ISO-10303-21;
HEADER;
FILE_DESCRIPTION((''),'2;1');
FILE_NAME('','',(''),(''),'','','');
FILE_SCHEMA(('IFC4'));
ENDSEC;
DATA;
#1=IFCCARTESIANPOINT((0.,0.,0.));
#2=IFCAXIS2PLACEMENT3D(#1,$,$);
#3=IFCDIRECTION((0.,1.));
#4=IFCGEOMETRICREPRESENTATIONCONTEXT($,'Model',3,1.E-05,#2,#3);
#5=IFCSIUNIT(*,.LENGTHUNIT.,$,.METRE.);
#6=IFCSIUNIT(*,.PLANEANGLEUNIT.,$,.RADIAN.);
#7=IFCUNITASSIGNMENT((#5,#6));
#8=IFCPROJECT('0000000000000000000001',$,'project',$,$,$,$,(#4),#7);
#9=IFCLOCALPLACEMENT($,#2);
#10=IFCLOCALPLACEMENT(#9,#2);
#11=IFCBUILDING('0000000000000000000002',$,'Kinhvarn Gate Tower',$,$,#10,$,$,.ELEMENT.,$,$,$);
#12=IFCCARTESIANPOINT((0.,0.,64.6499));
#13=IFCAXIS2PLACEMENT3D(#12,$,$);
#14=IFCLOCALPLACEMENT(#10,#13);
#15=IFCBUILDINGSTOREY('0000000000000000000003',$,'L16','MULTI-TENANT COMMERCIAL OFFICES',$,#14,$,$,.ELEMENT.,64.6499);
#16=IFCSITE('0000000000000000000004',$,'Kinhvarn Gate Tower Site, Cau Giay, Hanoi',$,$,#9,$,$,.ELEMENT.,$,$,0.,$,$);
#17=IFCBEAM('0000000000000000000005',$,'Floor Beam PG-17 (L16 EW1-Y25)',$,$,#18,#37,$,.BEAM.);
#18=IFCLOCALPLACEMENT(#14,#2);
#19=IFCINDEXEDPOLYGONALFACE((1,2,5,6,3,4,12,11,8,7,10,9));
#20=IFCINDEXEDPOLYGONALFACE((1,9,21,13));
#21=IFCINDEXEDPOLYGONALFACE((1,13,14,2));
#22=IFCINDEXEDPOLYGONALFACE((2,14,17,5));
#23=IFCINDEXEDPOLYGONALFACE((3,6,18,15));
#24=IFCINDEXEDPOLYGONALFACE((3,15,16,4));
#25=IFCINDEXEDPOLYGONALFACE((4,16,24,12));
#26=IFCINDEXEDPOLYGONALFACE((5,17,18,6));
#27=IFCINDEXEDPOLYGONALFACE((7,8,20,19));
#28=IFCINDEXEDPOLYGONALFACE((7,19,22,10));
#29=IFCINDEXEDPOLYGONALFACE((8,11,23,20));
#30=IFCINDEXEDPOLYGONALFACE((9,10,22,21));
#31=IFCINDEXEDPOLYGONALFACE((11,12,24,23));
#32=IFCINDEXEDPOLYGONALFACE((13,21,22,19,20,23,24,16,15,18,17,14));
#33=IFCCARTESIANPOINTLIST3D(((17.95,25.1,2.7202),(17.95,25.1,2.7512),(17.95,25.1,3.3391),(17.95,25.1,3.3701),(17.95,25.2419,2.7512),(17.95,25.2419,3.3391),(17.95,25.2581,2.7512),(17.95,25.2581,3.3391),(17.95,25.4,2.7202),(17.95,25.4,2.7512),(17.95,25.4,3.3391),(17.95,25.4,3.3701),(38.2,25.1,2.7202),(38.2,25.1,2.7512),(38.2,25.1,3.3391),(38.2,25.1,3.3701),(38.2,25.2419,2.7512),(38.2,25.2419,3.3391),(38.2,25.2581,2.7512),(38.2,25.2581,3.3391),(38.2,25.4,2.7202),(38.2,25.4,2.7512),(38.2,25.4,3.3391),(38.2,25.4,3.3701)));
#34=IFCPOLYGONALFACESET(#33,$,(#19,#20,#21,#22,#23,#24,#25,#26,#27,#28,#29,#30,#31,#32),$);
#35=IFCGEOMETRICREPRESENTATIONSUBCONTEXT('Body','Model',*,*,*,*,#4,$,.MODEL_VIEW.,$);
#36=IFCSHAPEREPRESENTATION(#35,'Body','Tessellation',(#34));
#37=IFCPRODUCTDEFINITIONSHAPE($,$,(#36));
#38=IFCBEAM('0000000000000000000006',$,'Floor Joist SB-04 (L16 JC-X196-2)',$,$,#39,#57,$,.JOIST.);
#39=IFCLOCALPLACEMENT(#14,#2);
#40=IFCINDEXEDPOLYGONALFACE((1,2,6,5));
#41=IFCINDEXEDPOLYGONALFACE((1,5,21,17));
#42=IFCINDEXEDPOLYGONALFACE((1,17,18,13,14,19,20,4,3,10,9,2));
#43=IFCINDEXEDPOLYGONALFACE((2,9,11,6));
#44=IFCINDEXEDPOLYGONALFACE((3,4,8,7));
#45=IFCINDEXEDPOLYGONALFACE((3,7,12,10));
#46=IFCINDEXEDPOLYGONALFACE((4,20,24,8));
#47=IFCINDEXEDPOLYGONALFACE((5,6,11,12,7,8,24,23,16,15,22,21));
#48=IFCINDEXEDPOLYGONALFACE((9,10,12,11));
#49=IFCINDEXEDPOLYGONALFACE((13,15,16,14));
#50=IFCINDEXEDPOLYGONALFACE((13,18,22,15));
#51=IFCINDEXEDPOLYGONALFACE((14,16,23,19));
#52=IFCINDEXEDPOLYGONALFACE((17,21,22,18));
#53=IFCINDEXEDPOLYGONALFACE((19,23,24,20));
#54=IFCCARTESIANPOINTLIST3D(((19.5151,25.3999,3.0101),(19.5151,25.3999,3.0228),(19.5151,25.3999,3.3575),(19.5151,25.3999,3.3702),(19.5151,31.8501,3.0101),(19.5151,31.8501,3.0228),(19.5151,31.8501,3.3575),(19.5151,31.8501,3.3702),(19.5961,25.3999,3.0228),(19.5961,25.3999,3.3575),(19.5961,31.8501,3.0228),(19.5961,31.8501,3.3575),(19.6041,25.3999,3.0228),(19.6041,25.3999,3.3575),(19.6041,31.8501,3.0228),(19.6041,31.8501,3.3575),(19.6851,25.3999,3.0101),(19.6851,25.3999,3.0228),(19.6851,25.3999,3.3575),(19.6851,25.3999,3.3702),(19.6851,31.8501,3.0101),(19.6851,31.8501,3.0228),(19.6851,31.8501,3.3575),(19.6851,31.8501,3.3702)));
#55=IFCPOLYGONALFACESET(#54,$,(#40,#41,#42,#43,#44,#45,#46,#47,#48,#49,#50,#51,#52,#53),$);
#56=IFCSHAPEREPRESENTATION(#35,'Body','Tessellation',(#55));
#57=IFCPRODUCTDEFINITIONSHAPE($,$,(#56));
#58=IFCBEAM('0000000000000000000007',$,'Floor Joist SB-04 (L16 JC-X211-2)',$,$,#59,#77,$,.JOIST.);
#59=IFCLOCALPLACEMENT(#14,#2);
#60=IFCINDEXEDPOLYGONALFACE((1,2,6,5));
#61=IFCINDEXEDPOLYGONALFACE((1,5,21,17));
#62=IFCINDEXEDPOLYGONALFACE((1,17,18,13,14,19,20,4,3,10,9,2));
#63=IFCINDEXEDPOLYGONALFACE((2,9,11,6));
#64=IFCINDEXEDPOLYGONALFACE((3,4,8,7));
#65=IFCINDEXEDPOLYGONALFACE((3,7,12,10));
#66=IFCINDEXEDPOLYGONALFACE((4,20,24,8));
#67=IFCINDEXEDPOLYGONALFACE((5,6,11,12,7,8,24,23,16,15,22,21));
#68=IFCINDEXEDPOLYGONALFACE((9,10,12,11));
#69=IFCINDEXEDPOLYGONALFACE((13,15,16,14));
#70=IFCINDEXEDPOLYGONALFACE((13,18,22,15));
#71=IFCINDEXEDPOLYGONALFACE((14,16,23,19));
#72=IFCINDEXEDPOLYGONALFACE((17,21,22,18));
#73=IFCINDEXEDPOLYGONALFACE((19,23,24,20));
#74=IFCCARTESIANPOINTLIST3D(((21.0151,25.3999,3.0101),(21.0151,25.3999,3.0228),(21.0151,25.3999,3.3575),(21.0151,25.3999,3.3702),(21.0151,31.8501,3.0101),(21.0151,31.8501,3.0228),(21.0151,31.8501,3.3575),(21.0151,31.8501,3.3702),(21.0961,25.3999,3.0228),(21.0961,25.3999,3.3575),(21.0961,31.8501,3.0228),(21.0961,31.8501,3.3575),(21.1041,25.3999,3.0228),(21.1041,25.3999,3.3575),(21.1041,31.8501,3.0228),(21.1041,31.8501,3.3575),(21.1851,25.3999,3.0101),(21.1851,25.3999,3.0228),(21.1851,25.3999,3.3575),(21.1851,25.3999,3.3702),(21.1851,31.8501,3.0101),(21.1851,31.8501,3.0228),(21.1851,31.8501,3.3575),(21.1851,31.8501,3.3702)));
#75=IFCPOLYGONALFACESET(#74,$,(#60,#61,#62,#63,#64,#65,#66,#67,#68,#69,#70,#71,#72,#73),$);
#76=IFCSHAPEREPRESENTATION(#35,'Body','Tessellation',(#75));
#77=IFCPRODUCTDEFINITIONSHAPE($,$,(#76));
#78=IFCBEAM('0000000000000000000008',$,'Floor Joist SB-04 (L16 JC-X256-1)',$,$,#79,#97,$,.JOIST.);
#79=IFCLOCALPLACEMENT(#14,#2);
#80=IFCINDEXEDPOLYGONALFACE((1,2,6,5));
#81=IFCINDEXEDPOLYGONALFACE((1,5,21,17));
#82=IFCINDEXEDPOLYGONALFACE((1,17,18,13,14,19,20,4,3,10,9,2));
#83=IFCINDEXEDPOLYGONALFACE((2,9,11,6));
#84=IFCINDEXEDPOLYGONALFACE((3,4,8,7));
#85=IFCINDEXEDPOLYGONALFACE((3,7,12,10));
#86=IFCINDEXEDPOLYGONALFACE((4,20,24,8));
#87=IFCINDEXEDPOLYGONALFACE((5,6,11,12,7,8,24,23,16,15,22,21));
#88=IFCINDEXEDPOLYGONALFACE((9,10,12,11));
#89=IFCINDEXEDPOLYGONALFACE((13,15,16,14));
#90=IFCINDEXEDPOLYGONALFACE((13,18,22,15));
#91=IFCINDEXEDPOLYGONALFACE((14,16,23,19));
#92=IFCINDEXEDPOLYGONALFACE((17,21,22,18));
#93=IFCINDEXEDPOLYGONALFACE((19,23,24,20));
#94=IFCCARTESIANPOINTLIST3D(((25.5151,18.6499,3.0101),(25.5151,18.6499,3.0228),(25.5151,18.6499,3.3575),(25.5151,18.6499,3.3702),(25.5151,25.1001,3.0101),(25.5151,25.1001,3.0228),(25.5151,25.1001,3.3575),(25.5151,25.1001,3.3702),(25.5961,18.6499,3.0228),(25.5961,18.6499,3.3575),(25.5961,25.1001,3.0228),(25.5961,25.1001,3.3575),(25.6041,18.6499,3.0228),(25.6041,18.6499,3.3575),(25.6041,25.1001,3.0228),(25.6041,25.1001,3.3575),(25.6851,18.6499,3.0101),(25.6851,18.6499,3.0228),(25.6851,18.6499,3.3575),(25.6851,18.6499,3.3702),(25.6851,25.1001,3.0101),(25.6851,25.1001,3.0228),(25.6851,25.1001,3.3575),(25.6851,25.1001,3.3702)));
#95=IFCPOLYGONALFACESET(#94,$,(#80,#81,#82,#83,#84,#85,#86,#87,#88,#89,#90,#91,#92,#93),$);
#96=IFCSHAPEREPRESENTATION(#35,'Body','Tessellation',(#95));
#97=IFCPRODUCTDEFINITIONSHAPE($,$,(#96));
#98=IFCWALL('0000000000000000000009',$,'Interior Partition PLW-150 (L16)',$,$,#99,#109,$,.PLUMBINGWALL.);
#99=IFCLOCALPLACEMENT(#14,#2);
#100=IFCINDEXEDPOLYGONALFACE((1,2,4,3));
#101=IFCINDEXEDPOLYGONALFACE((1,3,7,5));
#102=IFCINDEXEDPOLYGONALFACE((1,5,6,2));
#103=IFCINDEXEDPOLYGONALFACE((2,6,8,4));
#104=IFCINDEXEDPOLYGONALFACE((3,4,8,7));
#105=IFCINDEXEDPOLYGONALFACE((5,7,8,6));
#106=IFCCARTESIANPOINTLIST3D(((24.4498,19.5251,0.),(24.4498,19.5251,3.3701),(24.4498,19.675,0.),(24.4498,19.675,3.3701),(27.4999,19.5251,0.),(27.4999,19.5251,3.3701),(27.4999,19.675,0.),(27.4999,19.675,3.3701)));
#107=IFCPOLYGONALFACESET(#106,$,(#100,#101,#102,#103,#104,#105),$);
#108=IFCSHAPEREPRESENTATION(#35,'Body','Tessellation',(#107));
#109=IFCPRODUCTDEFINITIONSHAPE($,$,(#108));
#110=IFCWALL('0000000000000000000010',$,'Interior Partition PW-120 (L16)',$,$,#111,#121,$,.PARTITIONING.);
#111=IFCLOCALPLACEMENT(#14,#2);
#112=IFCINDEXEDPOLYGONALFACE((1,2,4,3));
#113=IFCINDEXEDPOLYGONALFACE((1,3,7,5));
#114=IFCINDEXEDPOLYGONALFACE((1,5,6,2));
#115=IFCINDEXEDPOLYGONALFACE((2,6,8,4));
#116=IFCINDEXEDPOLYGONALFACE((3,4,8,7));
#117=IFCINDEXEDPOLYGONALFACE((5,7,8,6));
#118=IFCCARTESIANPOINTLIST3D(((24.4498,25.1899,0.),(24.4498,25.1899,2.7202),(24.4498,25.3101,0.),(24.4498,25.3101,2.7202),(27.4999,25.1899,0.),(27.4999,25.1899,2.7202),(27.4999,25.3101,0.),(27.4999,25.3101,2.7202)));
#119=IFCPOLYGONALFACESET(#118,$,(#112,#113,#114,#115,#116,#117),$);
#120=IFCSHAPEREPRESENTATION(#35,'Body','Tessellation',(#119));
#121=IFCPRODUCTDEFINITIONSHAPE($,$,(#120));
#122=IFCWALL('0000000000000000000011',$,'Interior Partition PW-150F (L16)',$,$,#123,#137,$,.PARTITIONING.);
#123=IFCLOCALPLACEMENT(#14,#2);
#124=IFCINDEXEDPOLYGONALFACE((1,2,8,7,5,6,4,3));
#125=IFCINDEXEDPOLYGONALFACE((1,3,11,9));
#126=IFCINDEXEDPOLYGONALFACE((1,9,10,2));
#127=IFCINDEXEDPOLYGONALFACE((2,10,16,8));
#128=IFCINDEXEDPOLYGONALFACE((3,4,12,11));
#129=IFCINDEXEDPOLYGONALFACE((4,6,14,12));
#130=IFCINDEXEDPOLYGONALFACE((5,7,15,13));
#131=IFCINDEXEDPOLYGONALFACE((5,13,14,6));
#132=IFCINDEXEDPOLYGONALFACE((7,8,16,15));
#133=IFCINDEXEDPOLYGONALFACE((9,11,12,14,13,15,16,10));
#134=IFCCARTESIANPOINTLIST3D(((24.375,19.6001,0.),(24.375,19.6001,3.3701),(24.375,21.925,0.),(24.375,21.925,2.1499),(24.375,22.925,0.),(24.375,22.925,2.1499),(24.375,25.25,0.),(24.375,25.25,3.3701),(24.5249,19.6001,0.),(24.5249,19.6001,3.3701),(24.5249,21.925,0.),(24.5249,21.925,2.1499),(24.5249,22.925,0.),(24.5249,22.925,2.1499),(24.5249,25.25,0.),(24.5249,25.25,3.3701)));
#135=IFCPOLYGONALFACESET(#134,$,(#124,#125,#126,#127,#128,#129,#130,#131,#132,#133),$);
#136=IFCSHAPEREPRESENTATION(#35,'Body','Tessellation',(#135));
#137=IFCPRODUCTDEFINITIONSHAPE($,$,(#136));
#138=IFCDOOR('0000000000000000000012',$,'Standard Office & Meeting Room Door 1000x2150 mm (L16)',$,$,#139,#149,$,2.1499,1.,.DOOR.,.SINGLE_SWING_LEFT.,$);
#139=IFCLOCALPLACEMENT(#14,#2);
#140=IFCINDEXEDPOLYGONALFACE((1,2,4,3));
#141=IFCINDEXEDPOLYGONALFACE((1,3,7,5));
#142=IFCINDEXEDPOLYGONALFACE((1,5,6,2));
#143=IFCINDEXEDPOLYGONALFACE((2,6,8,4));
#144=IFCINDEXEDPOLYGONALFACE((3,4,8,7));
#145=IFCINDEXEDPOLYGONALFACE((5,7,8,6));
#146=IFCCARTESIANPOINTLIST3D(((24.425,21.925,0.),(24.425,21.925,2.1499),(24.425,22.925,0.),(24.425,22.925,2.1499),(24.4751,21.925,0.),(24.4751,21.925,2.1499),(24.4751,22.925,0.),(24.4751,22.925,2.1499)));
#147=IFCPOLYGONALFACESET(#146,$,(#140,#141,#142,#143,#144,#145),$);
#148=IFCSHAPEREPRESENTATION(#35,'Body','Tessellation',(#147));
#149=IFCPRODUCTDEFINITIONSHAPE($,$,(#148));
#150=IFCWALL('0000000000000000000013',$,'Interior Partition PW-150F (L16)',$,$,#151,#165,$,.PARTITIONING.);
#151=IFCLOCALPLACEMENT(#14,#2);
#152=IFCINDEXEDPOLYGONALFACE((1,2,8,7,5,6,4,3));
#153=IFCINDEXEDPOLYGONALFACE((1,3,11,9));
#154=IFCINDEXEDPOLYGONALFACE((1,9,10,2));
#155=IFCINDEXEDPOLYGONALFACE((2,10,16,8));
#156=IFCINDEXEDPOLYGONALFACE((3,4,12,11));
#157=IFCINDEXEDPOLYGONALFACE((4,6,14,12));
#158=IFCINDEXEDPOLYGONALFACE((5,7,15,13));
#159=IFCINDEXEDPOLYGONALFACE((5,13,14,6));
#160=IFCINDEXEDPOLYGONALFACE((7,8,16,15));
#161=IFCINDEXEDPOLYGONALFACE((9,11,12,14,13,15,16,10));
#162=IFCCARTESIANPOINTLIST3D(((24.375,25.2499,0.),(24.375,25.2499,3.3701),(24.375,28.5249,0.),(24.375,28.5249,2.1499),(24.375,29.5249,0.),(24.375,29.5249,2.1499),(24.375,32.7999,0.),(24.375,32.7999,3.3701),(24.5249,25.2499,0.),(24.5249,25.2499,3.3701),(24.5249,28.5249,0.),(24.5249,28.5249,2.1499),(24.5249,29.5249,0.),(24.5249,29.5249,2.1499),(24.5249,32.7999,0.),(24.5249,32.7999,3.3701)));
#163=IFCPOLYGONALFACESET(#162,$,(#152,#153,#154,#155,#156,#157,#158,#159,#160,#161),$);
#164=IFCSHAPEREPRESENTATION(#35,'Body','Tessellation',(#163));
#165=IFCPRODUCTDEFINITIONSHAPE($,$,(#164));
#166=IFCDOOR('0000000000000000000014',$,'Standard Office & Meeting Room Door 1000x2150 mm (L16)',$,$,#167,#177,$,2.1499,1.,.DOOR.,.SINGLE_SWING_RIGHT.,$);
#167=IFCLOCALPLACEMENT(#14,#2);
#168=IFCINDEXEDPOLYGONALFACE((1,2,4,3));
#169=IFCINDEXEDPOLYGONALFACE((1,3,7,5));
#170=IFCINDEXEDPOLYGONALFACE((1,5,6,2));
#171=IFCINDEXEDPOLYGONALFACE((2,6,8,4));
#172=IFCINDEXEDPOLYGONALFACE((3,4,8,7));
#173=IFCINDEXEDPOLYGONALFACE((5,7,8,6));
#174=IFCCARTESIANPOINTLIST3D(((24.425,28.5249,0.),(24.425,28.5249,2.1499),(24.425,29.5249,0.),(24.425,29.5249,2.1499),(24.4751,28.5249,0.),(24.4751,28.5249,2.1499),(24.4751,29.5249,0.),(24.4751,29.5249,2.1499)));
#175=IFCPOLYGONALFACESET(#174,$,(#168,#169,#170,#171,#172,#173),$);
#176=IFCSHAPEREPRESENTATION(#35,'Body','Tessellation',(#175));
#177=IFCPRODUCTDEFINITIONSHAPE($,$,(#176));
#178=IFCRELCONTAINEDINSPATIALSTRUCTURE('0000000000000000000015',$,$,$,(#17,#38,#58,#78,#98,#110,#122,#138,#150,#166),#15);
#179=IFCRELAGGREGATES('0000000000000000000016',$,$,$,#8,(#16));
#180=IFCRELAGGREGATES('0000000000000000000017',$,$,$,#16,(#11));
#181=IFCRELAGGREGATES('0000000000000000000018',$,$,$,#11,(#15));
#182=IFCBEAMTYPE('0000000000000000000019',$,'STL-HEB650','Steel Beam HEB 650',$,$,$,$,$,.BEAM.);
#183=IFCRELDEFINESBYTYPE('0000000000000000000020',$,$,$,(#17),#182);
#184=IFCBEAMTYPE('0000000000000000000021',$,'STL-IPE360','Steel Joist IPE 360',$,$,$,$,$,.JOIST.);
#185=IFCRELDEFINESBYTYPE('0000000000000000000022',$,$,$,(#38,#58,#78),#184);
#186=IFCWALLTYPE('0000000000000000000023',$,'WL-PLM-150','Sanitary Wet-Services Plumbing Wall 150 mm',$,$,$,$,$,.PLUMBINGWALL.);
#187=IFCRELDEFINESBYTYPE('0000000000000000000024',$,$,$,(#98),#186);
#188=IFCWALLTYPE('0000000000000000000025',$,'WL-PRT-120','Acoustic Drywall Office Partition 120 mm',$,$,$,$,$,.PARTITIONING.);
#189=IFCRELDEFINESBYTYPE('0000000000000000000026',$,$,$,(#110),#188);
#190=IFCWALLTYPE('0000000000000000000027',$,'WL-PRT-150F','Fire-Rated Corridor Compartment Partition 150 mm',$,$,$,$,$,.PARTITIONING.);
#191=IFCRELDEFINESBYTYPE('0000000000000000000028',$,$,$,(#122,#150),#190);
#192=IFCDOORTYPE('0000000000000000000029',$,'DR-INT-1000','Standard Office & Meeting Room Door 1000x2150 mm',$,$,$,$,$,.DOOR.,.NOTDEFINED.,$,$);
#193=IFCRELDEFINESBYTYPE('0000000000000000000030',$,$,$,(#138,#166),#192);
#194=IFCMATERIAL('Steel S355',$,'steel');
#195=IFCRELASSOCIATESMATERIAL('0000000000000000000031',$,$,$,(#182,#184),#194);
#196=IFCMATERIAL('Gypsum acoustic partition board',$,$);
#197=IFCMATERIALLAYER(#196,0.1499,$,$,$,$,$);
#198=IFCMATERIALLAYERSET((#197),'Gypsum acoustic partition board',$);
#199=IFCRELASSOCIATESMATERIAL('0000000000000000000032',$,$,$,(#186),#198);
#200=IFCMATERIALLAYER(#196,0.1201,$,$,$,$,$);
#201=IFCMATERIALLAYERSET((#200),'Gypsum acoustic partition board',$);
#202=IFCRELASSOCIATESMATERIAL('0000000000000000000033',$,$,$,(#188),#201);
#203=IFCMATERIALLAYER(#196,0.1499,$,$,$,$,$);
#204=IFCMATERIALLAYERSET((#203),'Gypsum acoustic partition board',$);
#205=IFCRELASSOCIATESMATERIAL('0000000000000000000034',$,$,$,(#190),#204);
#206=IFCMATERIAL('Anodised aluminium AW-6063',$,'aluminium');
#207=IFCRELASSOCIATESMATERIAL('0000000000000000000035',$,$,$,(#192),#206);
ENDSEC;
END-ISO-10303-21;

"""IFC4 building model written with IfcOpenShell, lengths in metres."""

from ifc_helpers import new_model, si_unit, direction, frame, frame_2d, origin, origin_2d, place, context, subcontext, project, spatial, rectangle, i_section, extrude, material, layer, layer_set, material_profile, profile_set, type_object, element, fill, save


model = new_model("IFC4")

# Units and contexts
model_context = context("Model", 3, precision=1e-05, world=origin(), true_north=direction((0.0, 1.0)))
body_context = subcontext(model_context, "Body", "Model", "MODEL_VIEW")
ifc_project = project(units=[si_unit("LENGTHUNIT", "METRE"), si_unit("PLANEANGLEUNIT", "RADIAN")], contexts=[model_context])

# Site, building, storey
site_placement = place(None, origin())
site = spatial("IfcSite", under=ifc_project, at=site_placement, Name="Kinhvarn Gate Tower Site, Cau Giay, Hanoi", CompositionType="ELEMENT", RefElevation=0.0)
building_placement = place(site_placement, origin())
building = spatial("IfcBuilding", under=site, at=building_placement, Name="Kinhvarn Gate Tower", CompositionType="ELEMENT")
storey_placement = place(building_placement, frame((0.0, 0.0, 64.6499)))
storey = spatial("IfcBuildingStorey", under=building, at=storey_placement, Name="L16", Description="MULTI-TENANT COMMERCIAL OFFICES", CompositionType="ELEMENT", Elevation=64.6499)

# Beams
ifc_material_1 = material(Name="Steel S355", Category="steel")
ifc_material_profile_1 = material_profile(ifc_material_1, i_section(OverallWidth=0.3, OverallDepth=0.6499, WebThickness=0.0161, FlangeThickness=0.031, at=origin_2d()), Name="HEB 650")
ifc_profile_set_1 = profile_set([ifc_material_profile_1], Name="Steel S355")
beam_type_1 = type_object("IfcBeamType", Name="STL-HEB650", Description="Steel Beam HEB 650", PredefinedType="BEAM", material=ifc_profile_set_1)
beam_placement = place(storey_placement, frame((17.95, 25.25, 3.0452), z_axis=(1.0, 0.0, 0.0), x_axis=(0.0, 1.0, 0.0)))
element("IfcBeam", 1, at=beam_placement, inside=storey, type_object=beam_type_1, Name="Floor Beam PG-17 (L16 EW1-Y25)", PredefinedType="BEAM", context=body_context, shape_type="SweptSolid", body=[
    extrude(i_section(OverallWidth=0.3, OverallDepth=0.6499, WebThickness=0.0161, FlangeThickness=0.031, at=origin_2d()), origin(), (0.0, 0.0, 1.0), 20.25),
])
ifc_material_profile_2 = material_profile(ifc_material_1, i_section(OverallWidth=0.1699, OverallDepth=0.3601, WebThickness=0.0081, FlangeThickness=0.0127, at=origin_2d()), Name="IPE 360")
ifc_profile_set_2 = profile_set([ifc_material_profile_2], Name="Steel S355")
beam_type_2 = type_object("IfcBeamType", Name="STL-IPE360", Description="Steel Joist IPE 360", PredefinedType="JOIST", material=ifc_profile_set_2)
for number, where, z_axis, x_axis, name in (
    (2, (19.6001, 25.3999, 3.1902), (0.0, 1.0, 0.0), (-1.0, 0.0, 0.0), "Floor Joist SB-04 (L16 JC-X196-2)"),
    (3, (21.1001, 25.3999, 3.1902), (0.0, 1.0, 0.0), (-1.0, 0.0, 0.0), "Floor Joist SB-04 (L16 JC-X211-2)"),
    (4, (25.6001, 18.6499, 3.1902), (0.0, 1.0, 0.0), (-1.0, 0.0, 0.0), "Floor Joist SB-04 (L16 JC-X256-1)"),
):
    element("IfcBeam", number, at=place(storey_placement, frame(where, z_axis=z_axis, x_axis=x_axis)), inside=storey, type_object=beam_type_2, Name=name, PredefinedType="JOIST", context=body_context, shape_type="SweptSolid", body=[
        extrude(i_section(OverallWidth=0.1699, OverallDepth=0.3601, WebThickness=0.0081, FlangeThickness=0.0127, at=origin_2d()), origin(), (0.0, 0.0, 1.0), 6.4502),
    ])

# Walls
ifc_material_2 = material(Name="Gypsum acoustic partition board")
ifc_layer_1 = layer(ifc_material_2, 0.1499)
ifc_layer_set_1 = layer_set([ifc_layer_1], Name="Gypsum acoustic partition board")
wall_type_1 = type_object("IfcWallType", Name="WL-PLM-150", Description="Sanitary Wet-Services Plumbing Wall 150 mm", PredefinedType="PLUMBINGWALL", material=ifc_layer_set_1)
wall_1_placement = place(storey_placement, frame((24.45, 19.6001, 0.0), z_axis=(0.0, 0.0, 1.0), x_axis=(1.0, 0.0, 0.0)))
element("IfcWall", 5, at=wall_1_placement, inside=storey, type_object=wall_type_1, Name="Interior Partition PLW-150 (L16)", PredefinedType="PLUMBINGWALL", context=body_context, shape_type="SweptSolid", body=[
    extrude(rectangle(XDim=3.05, YDim=0.1499, at=frame_2d((1.5249, 0.0))), origin(), (0.0, 0.0, 1.0), 3.3701),
])
ifc_layer_2 = layer(ifc_material_2, 0.1201)
ifc_layer_set_2 = layer_set([ifc_layer_2], Name="Gypsum acoustic partition board")
wall_type_2 = type_object("IfcWallType", Name="WL-PRT-120", Description="Acoustic Drywall Office Partition 120 mm", PredefinedType="PARTITIONING", material=ifc_layer_set_2)
wall_2_placement = place(storey_placement, frame((24.45, 25.25, 0.0), z_axis=(0.0, 0.0, 1.0), x_axis=(1.0, 0.0, 0.0)))
element("IfcWall", 6, at=wall_2_placement, inside=storey, type_object=wall_type_2, Name="Interior Partition PW-120 (L16)", PredefinedType="PARTITIONING", context=body_context, shape_type="SweptSolid", body=[
    extrude(rectangle(XDim=3.05, YDim=0.1201, at=frame_2d((1.5249, 0.0))), origin(), (0.0, 0.0, 1.0), 2.7202),
])

# Walls, openings, doors
ifc_layer_3 = layer(ifc_material_2, 0.1499)
ifc_layer_set_3 = layer_set([ifc_layer_3], Name="Gypsum acoustic partition board")
wall_type_3 = type_object("IfcWallType", Name="WL-PRT-150F", Description="Fire-Rated Corridor Compartment Partition 150 mm", PredefinedType="PARTITIONING", material=ifc_layer_set_3)
wall_3_placement = place(storey_placement, frame((24.45, 19.6001, 0.0), z_axis=(0.0, 0.0, 1.0), x_axis=(0.0, 1.0, 0.0)))
wall_3 = element("IfcWall", 7, at=wall_3_placement, inside=storey, type_object=wall_type_3, Name="Interior Partition PW-150F (L16)", PredefinedType="PARTITIONING", context=body_context, shape_type="SweptSolid", body=[
    extrude(rectangle(XDim=5.6499, YDim=0.1499, at=frame_2d((2.825, 0.0))), origin(), (0.0, 0.0, 1.0), 3.3701),
])
opening_1_placement = place(wall_3_placement, frame((2.325, 0.0, 0.0)))
opening_1 = element("IfcOpeningElement", 8, at=opening_1_placement, cuts=wall_3, PredefinedType="OPENING", context=body_context, shape_type="SweptSolid", body=[
    extrude(rectangle(XDim=1.0, YDim=2.1499, at=frame_2d((0.5, 1.075))), frame((0.0, 0.085, 0.0), z_axis=(0.0, -1.0, 0.0), x_axis=(1.0, 0.0, 0.0)), (0.0, 0.0, 1.0), 0.1699),
])
ifc_material_3 = material(Name="Anodised aluminium AW-6063", Category="aluminium")
door_type_1 = type_object("IfcDoorType", Name="DR-INT-1000", Description="Standard Office & Meeting Room Door 1000x2150 mm", OperationType="NOTDEFINED", PredefinedType="DOOR", material=ifc_material_3)
door_1_placement = place(opening_1_placement, origin())
door_1 = element("IfcDoor", 9, at=door_1_placement, inside=storey, type_object=door_type_1, Name="Standard Office & Meeting Room Door 1000x2150 mm (L16)", OperationType="SINGLE_SWING_LEFT", OverallHeight=2.1499, OverallWidth=1.0, PredefinedType="DOOR", context=body_context, shape_type="SweptSolid", body=[
    extrude(rectangle(XDim=1.0, YDim=2.1499, at=frame_2d((0.5, 1.075))), frame((0.0, 0.0249, 0.0), z_axis=(0.0, -1.0, 0.0), x_axis=(1.0, 0.0, 0.0)), (0.0, 0.0, 1.0), 0.05),
])
fill(opening_1, door_1)
wall_4_placement = place(storey_placement, frame((24.45, 25.25, 0.0), z_axis=(0.0, 0.0, 1.0), x_axis=(0.0, 1.0, 0.0)))
wall_4 = element("IfcWall", 10, at=wall_4_placement, inside=storey, type_object=wall_type_3, Name="Interior Partition PW-150F (L16)", PredefinedType="PARTITIONING", context=body_context, shape_type="SweptSolid", body=[
    extrude(rectangle(XDim=7.55, YDim=0.1499, at=frame_2d((3.7749, 0.0))), origin(), (0.0, 0.0, 1.0), 3.3701),
])
opening_2_placement = place(wall_4_placement, frame((3.2749, 0.0, 0.0)))
opening_2 = element("IfcOpeningElement", 11, at=opening_2_placement, cuts=wall_4, PredefinedType="OPENING", context=body_context, shape_type="SweptSolid", body=[
    extrude(rectangle(XDim=1.0, YDim=2.1499, at=frame_2d((0.5, 1.075))), frame((0.0, 0.085, 0.0), z_axis=(0.0, -1.0, 0.0), x_axis=(1.0, 0.0, 0.0)), (0.0, 0.0, 1.0), 0.1699),
])
door_2_placement = place(opening_2_placement, origin())
door_2 = element("IfcDoor", 12, at=door_2_placement, inside=storey, type_object=door_type_1, Name="Standard Office & Meeting Room Door 1000x2150 mm (L16)", OperationType="SINGLE_SWING_RIGHT", OverallHeight=2.1499, OverallWidth=1.0, PredefinedType="DOOR", context=body_context, shape_type="SweptSolid", body=[
    extrude(rectangle(XDim=1.0, YDim=2.1499, at=frame_2d((0.5, 1.075))), frame((0.0, 0.0249, 0.0), z_axis=(0.0, -1.0, 0.0), x_axis=(1.0, 0.0, 0.0)), (0.0, 0.0, 1.0), 0.05),
])
fill(opening_2, door_2)

save(model, "model.ifc")
